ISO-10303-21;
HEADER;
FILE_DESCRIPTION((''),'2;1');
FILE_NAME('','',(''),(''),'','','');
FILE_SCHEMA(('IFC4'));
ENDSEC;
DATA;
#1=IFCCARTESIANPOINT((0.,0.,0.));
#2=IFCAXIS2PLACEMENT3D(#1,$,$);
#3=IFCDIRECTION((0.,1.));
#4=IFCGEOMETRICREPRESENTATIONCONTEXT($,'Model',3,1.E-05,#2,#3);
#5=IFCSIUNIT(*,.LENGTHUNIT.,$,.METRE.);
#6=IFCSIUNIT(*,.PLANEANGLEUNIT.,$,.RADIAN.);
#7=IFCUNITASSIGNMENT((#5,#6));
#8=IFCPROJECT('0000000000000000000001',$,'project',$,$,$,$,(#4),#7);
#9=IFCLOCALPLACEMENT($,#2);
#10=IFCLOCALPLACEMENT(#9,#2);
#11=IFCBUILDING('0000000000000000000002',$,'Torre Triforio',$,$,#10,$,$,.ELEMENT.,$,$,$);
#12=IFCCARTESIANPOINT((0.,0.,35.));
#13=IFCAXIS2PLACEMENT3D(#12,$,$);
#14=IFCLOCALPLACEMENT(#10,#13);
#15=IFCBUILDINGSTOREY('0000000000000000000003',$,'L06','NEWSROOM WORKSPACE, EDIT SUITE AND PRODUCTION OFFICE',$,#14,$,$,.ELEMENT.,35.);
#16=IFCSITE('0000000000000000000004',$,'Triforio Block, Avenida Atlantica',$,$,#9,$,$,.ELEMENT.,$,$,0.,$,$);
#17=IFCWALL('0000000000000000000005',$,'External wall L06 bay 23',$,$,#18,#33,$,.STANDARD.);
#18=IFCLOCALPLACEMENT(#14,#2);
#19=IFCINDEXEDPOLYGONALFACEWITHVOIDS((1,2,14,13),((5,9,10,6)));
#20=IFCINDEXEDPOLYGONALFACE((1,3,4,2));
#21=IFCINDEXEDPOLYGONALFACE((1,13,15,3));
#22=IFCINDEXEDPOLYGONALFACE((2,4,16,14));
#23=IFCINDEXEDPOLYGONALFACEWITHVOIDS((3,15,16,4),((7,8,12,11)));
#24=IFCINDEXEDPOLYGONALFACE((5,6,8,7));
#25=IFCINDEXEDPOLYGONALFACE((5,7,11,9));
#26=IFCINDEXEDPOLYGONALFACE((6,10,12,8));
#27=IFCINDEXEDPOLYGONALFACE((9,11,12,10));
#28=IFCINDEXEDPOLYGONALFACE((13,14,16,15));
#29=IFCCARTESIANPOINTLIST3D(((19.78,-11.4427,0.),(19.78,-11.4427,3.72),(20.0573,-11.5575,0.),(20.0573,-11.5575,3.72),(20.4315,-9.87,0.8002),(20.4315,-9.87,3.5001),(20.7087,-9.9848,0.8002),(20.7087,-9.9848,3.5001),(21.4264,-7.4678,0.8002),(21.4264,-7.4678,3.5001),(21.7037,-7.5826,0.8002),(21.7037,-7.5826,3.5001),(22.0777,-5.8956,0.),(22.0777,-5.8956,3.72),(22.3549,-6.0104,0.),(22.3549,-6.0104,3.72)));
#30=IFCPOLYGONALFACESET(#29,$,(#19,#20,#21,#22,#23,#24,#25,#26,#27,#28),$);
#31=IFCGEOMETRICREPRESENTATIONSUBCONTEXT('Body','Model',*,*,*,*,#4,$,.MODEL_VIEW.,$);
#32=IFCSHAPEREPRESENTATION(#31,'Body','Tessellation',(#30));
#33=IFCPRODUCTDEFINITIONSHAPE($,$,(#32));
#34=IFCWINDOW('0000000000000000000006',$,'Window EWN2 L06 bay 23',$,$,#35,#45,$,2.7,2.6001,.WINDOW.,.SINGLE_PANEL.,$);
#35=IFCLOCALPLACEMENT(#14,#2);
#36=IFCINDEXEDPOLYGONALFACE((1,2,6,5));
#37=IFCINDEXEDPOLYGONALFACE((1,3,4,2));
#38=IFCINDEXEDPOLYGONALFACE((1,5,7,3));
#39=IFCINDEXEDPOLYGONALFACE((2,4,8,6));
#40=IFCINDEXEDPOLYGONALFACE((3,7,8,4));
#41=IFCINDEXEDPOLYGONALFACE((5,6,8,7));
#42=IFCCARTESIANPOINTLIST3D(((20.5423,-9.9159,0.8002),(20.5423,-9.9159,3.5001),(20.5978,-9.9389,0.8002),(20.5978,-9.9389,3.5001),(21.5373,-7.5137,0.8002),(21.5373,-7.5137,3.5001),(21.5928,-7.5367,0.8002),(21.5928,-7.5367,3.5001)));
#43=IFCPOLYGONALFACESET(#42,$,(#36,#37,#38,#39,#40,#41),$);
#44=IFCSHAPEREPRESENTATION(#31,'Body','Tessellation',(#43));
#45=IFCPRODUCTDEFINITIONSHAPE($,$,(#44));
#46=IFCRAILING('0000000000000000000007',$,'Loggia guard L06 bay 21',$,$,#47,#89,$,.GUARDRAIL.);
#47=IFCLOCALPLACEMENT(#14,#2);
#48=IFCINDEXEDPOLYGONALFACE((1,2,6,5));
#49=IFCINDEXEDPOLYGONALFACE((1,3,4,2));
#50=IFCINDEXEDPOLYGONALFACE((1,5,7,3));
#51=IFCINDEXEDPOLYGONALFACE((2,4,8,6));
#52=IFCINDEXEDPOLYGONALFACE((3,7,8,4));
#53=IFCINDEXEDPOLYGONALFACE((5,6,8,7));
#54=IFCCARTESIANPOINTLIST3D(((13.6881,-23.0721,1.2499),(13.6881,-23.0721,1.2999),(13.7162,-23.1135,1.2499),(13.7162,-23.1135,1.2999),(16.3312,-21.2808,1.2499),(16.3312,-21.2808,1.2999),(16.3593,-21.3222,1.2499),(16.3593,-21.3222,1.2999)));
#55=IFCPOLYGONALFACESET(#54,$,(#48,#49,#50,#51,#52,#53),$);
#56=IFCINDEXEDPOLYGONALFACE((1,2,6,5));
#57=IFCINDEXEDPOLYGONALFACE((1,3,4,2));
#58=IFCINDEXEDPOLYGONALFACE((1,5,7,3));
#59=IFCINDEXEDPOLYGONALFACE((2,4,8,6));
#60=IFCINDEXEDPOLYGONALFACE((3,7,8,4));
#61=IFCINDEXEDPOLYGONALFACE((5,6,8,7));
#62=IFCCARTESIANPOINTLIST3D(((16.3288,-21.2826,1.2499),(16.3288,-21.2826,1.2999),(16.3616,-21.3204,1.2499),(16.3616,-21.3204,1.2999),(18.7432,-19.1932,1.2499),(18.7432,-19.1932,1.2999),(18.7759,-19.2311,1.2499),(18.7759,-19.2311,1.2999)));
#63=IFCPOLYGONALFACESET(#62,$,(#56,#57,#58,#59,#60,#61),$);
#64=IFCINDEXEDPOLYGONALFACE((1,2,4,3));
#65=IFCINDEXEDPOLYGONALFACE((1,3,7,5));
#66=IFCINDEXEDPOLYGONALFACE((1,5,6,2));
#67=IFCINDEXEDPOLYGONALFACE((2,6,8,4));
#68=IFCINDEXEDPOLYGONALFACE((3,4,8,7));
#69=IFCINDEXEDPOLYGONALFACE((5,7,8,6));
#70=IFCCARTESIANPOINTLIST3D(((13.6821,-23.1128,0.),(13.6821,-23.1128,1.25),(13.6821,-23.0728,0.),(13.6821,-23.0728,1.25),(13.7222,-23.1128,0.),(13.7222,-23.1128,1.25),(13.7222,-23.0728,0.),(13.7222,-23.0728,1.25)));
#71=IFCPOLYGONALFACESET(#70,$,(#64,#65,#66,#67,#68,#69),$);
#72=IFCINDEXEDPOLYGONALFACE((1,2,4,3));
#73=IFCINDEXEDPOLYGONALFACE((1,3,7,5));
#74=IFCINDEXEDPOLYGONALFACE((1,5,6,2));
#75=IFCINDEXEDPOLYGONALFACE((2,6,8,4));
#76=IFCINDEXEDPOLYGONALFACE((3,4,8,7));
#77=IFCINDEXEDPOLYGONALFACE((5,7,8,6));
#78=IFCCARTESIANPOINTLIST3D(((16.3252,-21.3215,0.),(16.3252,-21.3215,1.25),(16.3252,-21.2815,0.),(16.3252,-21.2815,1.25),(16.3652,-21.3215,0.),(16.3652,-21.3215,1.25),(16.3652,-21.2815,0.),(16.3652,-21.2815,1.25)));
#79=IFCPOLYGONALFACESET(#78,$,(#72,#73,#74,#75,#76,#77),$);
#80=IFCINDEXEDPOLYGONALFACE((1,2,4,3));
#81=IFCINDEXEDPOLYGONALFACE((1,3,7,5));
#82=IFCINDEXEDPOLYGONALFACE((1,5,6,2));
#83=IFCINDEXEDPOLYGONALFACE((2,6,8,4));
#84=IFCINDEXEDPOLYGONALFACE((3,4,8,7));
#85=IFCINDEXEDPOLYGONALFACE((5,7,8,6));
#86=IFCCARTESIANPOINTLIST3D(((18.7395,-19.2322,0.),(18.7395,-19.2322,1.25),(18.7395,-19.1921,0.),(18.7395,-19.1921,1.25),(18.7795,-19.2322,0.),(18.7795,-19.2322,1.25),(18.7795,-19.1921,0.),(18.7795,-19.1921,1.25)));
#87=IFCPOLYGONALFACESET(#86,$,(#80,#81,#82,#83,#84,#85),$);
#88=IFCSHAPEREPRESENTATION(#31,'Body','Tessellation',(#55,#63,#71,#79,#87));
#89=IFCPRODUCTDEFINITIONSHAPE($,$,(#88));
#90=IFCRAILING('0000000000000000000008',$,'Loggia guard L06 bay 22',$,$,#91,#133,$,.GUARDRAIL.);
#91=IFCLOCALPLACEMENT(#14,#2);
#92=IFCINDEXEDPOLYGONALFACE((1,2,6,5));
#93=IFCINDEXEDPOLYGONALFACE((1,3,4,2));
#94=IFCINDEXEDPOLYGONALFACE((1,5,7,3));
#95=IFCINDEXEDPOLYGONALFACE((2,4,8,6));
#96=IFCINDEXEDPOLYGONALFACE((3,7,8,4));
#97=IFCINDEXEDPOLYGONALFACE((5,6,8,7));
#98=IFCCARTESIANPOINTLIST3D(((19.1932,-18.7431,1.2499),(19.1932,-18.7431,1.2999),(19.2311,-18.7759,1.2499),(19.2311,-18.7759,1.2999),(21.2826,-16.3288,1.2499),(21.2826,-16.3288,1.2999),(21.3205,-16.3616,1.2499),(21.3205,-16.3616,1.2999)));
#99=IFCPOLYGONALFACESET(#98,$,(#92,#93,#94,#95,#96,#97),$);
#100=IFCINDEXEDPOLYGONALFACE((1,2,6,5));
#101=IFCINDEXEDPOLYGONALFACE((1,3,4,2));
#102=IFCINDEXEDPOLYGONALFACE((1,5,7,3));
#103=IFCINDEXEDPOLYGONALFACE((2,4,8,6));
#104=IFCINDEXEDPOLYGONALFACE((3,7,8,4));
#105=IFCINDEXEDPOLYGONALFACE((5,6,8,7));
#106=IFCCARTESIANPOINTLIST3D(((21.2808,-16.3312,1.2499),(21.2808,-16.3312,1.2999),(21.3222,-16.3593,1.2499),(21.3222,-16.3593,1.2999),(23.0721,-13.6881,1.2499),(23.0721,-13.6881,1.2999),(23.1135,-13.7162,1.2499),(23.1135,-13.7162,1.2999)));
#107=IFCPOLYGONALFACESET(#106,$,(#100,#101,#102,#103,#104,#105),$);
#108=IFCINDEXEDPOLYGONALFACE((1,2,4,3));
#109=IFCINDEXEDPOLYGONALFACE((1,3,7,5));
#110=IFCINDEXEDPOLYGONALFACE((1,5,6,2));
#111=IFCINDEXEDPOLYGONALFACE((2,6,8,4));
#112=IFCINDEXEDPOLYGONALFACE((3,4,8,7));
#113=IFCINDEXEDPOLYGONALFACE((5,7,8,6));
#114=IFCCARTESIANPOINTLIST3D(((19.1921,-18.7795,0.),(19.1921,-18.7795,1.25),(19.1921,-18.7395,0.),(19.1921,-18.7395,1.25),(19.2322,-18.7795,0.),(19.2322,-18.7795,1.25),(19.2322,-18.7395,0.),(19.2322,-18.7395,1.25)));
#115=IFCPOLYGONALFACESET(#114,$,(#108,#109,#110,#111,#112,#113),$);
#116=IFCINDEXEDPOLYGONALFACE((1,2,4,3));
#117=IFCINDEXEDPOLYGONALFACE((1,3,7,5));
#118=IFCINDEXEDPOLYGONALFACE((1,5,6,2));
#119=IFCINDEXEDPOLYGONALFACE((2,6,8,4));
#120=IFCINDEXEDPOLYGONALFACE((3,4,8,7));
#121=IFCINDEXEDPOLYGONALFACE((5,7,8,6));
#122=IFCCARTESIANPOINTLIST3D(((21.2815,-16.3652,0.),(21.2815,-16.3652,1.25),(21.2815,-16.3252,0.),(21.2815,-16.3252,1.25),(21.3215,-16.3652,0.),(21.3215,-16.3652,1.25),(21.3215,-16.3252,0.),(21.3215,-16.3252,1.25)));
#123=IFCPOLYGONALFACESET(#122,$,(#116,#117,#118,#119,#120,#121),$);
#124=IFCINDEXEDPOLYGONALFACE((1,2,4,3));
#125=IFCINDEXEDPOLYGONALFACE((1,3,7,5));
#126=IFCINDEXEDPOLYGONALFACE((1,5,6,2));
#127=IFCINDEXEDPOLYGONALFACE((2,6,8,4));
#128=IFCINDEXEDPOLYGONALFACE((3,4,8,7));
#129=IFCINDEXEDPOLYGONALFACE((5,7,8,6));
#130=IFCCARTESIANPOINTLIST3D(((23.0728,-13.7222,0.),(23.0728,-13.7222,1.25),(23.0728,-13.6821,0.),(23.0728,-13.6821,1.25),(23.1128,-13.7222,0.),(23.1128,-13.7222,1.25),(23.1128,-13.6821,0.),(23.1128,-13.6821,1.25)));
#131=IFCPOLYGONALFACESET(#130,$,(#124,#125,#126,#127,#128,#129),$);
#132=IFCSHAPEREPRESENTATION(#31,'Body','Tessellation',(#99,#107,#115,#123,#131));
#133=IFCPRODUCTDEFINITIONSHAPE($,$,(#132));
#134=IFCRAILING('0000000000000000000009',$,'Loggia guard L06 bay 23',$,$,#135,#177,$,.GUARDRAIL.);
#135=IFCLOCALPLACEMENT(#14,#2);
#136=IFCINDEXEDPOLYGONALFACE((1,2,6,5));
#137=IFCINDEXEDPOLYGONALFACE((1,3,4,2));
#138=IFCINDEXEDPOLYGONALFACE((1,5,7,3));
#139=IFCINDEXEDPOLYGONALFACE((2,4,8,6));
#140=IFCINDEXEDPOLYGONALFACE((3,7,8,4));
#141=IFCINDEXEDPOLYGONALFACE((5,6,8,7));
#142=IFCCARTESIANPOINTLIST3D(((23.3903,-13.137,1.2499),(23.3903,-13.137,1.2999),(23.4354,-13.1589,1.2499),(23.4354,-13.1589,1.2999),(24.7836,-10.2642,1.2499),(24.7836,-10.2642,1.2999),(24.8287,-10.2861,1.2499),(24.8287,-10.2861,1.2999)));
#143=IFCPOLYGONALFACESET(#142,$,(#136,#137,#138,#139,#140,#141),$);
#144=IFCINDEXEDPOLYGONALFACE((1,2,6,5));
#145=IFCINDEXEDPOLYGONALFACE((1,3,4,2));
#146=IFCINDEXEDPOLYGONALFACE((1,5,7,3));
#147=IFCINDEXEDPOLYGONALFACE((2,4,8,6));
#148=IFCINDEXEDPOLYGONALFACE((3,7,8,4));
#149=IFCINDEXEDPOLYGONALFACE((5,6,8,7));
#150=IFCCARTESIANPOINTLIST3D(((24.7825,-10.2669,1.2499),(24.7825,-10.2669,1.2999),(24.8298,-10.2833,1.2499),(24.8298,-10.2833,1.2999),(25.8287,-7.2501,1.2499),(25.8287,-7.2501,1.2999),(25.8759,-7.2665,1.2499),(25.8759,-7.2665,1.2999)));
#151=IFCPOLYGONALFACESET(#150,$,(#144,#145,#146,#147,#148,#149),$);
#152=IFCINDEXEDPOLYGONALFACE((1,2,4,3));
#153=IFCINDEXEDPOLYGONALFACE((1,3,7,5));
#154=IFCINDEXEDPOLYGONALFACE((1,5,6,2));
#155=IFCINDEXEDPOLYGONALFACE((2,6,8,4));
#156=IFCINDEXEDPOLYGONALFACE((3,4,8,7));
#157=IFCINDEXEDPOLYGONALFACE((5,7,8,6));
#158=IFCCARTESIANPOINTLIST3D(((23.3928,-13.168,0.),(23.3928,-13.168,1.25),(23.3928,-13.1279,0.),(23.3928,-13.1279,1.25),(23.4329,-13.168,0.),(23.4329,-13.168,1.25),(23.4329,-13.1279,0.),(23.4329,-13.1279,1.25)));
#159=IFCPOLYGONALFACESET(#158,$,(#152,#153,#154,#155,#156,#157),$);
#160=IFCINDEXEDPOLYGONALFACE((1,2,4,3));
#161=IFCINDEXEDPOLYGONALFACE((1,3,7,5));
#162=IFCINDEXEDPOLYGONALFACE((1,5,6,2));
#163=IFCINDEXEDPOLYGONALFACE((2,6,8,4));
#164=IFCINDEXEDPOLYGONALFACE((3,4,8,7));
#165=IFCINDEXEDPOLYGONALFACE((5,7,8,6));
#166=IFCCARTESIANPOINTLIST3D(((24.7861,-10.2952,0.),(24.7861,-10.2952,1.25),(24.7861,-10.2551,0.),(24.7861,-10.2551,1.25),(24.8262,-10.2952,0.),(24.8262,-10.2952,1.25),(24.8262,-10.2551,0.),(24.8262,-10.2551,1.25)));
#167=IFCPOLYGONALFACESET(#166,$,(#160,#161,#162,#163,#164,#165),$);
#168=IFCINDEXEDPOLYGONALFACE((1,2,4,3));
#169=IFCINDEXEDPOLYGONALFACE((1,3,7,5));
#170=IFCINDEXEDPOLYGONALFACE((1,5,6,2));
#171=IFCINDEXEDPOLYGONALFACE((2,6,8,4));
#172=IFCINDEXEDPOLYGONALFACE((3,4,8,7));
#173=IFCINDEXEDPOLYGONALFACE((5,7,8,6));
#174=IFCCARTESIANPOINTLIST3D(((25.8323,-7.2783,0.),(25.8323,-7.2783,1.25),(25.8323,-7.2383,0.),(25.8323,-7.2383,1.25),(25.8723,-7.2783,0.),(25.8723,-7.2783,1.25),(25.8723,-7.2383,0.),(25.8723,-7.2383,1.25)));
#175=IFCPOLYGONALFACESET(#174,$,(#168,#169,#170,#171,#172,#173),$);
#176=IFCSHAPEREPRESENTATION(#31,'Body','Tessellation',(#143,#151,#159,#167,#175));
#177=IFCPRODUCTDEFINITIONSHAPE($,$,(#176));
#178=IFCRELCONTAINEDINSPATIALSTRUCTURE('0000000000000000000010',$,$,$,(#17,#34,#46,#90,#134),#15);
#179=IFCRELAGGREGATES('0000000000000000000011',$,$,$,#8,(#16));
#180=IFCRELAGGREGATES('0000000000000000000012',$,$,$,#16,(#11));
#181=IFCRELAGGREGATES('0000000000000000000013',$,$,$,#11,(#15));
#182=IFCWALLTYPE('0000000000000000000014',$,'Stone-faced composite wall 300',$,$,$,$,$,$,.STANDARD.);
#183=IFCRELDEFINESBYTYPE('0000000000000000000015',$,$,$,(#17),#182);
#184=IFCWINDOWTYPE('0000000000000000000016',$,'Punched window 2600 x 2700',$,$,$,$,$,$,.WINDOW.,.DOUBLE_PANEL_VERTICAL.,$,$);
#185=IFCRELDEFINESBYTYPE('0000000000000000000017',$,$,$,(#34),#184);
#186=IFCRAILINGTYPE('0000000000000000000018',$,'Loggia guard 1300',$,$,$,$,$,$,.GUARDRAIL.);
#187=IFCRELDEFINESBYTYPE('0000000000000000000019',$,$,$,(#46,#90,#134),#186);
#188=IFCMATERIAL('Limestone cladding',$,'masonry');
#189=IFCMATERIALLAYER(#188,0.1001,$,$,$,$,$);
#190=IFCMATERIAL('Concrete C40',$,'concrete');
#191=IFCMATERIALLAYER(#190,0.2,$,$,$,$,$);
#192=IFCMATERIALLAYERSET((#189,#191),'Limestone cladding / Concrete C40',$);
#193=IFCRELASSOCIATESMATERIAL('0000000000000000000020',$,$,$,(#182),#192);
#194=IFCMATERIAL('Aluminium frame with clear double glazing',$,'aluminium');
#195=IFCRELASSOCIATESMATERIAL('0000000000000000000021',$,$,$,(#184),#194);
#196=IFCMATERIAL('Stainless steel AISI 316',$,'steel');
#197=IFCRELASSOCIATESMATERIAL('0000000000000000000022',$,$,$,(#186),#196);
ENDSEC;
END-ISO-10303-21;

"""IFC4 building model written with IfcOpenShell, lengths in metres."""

from ifc_helpers import new_model, si_unit, direction, frame, frame_2d, origin, origin_2d, place, context, subcontext, project, spatial, rectangle, extrude, material, layer, layer_set, type_object, element, fill, save


model = new_model("IFC4")

# Units and contexts
model_context = context("Model", 3, precision=1e-05, world=origin(), true_north=direction((0.0, 1.0)))
body_context = subcontext(model_context, "Body", "Model", "MODEL_VIEW")
ifc_project = project(units=[si_unit("LENGTHUNIT", "METRE"), si_unit("PLANEANGLEUNIT", "RADIAN")], contexts=[model_context])

# Site, building, storey
site_placement = place(None, origin())
site = spatial("IfcSite", under=ifc_project, at=site_placement, Name="Triforio Block, Avenida Atlantica", CompositionType="ELEMENT", RefElevation=0.0)
building_placement = place(site_placement, origin())
building = spatial("IfcBuilding", under=site, at=building_placement, Name="Torre Triforio", CompositionType="ELEMENT")
storey_placement = place(building_placement, frame((0.0, 0.0, 35.0)))
storey = spatial("IfcBuildingStorey", under=building, at=storey_placement, Name="L06", Description="NEWSROOM WORKSPACE, EDIT SUITE AND PRODUCTION OFFICE", CompositionType="ELEMENT", Elevation=35.0)

# Shared definitions
ifc_material_1 = material(Name="Limestone cladding", Category="masonry")
ifc_material_2 = material(Name="Concrete C40", Category="concrete")

# Shared definitions
ifc_layer_1 = layer(ifc_material_1, 0.1001)
ifc_layer_2 = layer(ifc_material_2, 0.2)
ifc_layer_set_1 = layer_set([ifc_layer_1, ifc_layer_2], Name="Limestone cladding / Concrete C40")
wall_type_1 = type_object("IfcWallType", Name="Stone-faced composite wall 300", PredefinedType="STANDARD", material=ifc_layer_set_1)
ifc_material_3 = material(Name="Aluminium frame with clear double glazing", Category="aluminium")

# Wall, opening, window
wall_1_placement = place(storey_placement, frame((19.9187, -11.5, 0.0), z_axis=(0.0, 0.0, 1.0), x_axis=(0.382671, 0.923885, 0.0)))
wall_1 = element("IfcWall", 1, at=wall_1_placement, inside=storey, type_object=wall_type_1, Name="External wall L06 bay 23", PredefinedType="STANDARD", context=body_context, shape_type="SweptSolid", body=[
    extrude(rectangle(XDim=6.0042, YDim=0.3, at=frame_2d((3.002, 0.0))), origin(), (0.0, 0.0, 1.0), 3.72),
])
opening_1_placement = place(wall_1_placement, frame((1.7021, 0.0, 0.8)))
opening_1 = element("IfcOpeningElement", 2, at=opening_1_placement, cuts=wall_1, PredefinedType="OPENING", context=body_context, shape_type="SweptSolid", body=[
    extrude(rectangle(XDim=2.6001, YDim=2.7, at=frame_2d((1.3, 1.3501))), frame((0.0, 0.1599, 0.0), z_axis=(0.0, -1.0, 0.0), x_axis=(1.0, 0.0, 0.0)), (0.0, 0.0, 1.0), 0.3201),
])
window_type_1 = type_object("IfcWindowType", Name="Punched window 2600 x 2700", PartitioningType="DOUBLE_PANEL_VERTICAL", PredefinedType="WINDOW", material=ifc_material_3)
window_1_placement = place(opening_1_placement, origin())
window_1 = element("IfcWindow", 3, at=window_1_placement, inside=storey, type_object=window_type_1, Name="Window EWN2 L06 bay 23", OverallHeight=2.7, OverallWidth=2.6001, PartitioningType="SINGLE_PANEL", PredefinedType="WINDOW", context=body_context, shape_type="SweptSolid", body=[
    extrude(rectangle(XDim=2.6001, YDim=2.7, at=frame_2d((1.3, 1.3501))), frame((0.0, 0.03, 0.0), z_axis=(0.0, -1.0, 0.0), x_axis=(1.0, 0.0, 0.0)), (0.0, 0.0, 1.0), 0.0601),
])
fill(opening_1, window_1)

# Railings
ifc_material_4 = material(Name="Stainless steel AISI 316", Category="steel")
railing_type = type_object("IfcRailingType", Name="Loggia guard 1300", PredefinedType="GUARDRAIL", material=ifc_material_4)
railing_1_placement = place(storey_placement, frame((13.7021, -23.0928, 0.0)))
element("IfcRailing", 4, at=railing_1_placement, inside=storey, type_object=railing_type, Name="Loggia guard L06 bay 21", PredefinedType="GUARDRAIL", context=body_context, shape_type="SweptSolid", body=[
    extrude(rectangle(XDim=0.05, YDim=0.05, at=origin_2d()), frame((0.0, 0.0, 1.2749), z_axis=(0.827803, 0.561019, 0.0), x_axis=(-0.561019, 0.827803, 0.0)), (0.0, 0.0, 1.0), 3.1929),
    extrude(rectangle(XDim=0.05, YDim=0.05, at=origin_2d()), frame((2.6431, 1.7913, 1.2749), z_axis=(0.756161, 0.654386, 0.0), x_axis=(-0.654386, 0.756161, 0.0)), (0.0, 0.0, 1.0), 3.1929),
    extrude(rectangle(XDim=0.04, YDim=0.04, at=origin_2d()), origin(), (0.0, 0.0, 1.0), 1.25),
    extrude(rectangle(XDim=0.04, YDim=0.04, at=origin_2d()), frame((2.6431, 1.7913, 0.0)), (0.0, 0.0, 1.0), 1.25),
    extrude(rectangle(XDim=0.04, YDim=0.04, at=origin_2d()), frame((5.0574, 3.8806, 0.0)), (0.0, 0.0, 1.0), 1.25),
])
railing_2_placement = place(storey_placement, frame((19.2122, -18.7595, 0.0)))
element("IfcRailing", 5, at=railing_2_placement, inside=storey, type_object=railing_type, Name="Loggia guard L06 bay 22", PredefinedType="GUARDRAIL", context=body_context, shape_type="SweptSolid", body=[
    extrude(rectangle(XDim=0.05, YDim=0.05, at=origin_2d()), frame((0.0, 0.0, 1.2749), z_axis=(0.654386, 0.756161, 0.0), x_axis=(-0.756161, 0.654386, 0.0)), (0.0, 0.0, 1.0), 3.1929),
    extrude(rectangle(XDim=0.05, YDim=0.05, at=origin_2d()), frame((2.0894, 2.4143, 1.2749), z_axis=(0.561019, 0.827803, 0.0), x_axis=(-0.827803, 0.561019, 0.0)), (0.0, 0.0, 1.0), 3.1929),
    extrude(rectangle(XDim=0.04, YDim=0.04, at=origin_2d()), origin(), (0.0, 0.0, 1.0), 1.25),
    extrude(rectangle(XDim=0.04, YDim=0.04, at=origin_2d()), frame((2.0894, 2.4143, 0.0)), (0.0, 0.0, 1.0), 1.25),
    extrude(rectangle(XDim=0.04, YDim=0.04, at=origin_2d()), frame((3.8806, 5.0574, 0.0)), (0.0, 0.0, 1.0), 1.25),
])
railing_3_placement = place(storey_placement, frame((23.4128, -13.1479, 0.0)))
element("IfcRailing", 6, at=railing_3_placement, inside=storey, type_object=railing_type, Name="Loggia guard L06 bay 23", PredefinedType="GUARDRAIL", context=body_context, shape_type="SweptSolid", body=[
    extrude(rectangle(XDim=0.05, YDim=0.05, at=origin_2d()), frame((0.0, 0.0, 1.2749), z_axis=(0.436384, 0.89976, 0.0), x_axis=(-0.89976, 0.436384, 0.0)), (0.0, 0.0, 1.0), 3.1929),
    extrude(rectangle(XDim=0.05, YDim=0.05, at=origin_2d()), frame((1.3933, 2.8728, 1.2749), z_axis=(0.327628, 0.944807, 0.0), x_axis=(-0.944807, 0.327628, 0.0)), (0.0, 0.0, 1.0), 3.1931),
    extrude(rectangle(XDim=0.04, YDim=0.04, at=origin_2d()), origin(), (0.0, 0.0, 1.0), 1.25),
    extrude(rectangle(XDim=0.04, YDim=0.04, at=origin_2d()), frame((1.3933, 2.8728, 0.0)), (0.0, 0.0, 1.0), 1.25),
    extrude(rectangle(XDim=0.04, YDim=0.04, at=origin_2d()), frame((2.4395, 5.8896, 0.0)), (0.0, 0.0, 1.0), 1.25),
])

save(model, "model.ifc")
